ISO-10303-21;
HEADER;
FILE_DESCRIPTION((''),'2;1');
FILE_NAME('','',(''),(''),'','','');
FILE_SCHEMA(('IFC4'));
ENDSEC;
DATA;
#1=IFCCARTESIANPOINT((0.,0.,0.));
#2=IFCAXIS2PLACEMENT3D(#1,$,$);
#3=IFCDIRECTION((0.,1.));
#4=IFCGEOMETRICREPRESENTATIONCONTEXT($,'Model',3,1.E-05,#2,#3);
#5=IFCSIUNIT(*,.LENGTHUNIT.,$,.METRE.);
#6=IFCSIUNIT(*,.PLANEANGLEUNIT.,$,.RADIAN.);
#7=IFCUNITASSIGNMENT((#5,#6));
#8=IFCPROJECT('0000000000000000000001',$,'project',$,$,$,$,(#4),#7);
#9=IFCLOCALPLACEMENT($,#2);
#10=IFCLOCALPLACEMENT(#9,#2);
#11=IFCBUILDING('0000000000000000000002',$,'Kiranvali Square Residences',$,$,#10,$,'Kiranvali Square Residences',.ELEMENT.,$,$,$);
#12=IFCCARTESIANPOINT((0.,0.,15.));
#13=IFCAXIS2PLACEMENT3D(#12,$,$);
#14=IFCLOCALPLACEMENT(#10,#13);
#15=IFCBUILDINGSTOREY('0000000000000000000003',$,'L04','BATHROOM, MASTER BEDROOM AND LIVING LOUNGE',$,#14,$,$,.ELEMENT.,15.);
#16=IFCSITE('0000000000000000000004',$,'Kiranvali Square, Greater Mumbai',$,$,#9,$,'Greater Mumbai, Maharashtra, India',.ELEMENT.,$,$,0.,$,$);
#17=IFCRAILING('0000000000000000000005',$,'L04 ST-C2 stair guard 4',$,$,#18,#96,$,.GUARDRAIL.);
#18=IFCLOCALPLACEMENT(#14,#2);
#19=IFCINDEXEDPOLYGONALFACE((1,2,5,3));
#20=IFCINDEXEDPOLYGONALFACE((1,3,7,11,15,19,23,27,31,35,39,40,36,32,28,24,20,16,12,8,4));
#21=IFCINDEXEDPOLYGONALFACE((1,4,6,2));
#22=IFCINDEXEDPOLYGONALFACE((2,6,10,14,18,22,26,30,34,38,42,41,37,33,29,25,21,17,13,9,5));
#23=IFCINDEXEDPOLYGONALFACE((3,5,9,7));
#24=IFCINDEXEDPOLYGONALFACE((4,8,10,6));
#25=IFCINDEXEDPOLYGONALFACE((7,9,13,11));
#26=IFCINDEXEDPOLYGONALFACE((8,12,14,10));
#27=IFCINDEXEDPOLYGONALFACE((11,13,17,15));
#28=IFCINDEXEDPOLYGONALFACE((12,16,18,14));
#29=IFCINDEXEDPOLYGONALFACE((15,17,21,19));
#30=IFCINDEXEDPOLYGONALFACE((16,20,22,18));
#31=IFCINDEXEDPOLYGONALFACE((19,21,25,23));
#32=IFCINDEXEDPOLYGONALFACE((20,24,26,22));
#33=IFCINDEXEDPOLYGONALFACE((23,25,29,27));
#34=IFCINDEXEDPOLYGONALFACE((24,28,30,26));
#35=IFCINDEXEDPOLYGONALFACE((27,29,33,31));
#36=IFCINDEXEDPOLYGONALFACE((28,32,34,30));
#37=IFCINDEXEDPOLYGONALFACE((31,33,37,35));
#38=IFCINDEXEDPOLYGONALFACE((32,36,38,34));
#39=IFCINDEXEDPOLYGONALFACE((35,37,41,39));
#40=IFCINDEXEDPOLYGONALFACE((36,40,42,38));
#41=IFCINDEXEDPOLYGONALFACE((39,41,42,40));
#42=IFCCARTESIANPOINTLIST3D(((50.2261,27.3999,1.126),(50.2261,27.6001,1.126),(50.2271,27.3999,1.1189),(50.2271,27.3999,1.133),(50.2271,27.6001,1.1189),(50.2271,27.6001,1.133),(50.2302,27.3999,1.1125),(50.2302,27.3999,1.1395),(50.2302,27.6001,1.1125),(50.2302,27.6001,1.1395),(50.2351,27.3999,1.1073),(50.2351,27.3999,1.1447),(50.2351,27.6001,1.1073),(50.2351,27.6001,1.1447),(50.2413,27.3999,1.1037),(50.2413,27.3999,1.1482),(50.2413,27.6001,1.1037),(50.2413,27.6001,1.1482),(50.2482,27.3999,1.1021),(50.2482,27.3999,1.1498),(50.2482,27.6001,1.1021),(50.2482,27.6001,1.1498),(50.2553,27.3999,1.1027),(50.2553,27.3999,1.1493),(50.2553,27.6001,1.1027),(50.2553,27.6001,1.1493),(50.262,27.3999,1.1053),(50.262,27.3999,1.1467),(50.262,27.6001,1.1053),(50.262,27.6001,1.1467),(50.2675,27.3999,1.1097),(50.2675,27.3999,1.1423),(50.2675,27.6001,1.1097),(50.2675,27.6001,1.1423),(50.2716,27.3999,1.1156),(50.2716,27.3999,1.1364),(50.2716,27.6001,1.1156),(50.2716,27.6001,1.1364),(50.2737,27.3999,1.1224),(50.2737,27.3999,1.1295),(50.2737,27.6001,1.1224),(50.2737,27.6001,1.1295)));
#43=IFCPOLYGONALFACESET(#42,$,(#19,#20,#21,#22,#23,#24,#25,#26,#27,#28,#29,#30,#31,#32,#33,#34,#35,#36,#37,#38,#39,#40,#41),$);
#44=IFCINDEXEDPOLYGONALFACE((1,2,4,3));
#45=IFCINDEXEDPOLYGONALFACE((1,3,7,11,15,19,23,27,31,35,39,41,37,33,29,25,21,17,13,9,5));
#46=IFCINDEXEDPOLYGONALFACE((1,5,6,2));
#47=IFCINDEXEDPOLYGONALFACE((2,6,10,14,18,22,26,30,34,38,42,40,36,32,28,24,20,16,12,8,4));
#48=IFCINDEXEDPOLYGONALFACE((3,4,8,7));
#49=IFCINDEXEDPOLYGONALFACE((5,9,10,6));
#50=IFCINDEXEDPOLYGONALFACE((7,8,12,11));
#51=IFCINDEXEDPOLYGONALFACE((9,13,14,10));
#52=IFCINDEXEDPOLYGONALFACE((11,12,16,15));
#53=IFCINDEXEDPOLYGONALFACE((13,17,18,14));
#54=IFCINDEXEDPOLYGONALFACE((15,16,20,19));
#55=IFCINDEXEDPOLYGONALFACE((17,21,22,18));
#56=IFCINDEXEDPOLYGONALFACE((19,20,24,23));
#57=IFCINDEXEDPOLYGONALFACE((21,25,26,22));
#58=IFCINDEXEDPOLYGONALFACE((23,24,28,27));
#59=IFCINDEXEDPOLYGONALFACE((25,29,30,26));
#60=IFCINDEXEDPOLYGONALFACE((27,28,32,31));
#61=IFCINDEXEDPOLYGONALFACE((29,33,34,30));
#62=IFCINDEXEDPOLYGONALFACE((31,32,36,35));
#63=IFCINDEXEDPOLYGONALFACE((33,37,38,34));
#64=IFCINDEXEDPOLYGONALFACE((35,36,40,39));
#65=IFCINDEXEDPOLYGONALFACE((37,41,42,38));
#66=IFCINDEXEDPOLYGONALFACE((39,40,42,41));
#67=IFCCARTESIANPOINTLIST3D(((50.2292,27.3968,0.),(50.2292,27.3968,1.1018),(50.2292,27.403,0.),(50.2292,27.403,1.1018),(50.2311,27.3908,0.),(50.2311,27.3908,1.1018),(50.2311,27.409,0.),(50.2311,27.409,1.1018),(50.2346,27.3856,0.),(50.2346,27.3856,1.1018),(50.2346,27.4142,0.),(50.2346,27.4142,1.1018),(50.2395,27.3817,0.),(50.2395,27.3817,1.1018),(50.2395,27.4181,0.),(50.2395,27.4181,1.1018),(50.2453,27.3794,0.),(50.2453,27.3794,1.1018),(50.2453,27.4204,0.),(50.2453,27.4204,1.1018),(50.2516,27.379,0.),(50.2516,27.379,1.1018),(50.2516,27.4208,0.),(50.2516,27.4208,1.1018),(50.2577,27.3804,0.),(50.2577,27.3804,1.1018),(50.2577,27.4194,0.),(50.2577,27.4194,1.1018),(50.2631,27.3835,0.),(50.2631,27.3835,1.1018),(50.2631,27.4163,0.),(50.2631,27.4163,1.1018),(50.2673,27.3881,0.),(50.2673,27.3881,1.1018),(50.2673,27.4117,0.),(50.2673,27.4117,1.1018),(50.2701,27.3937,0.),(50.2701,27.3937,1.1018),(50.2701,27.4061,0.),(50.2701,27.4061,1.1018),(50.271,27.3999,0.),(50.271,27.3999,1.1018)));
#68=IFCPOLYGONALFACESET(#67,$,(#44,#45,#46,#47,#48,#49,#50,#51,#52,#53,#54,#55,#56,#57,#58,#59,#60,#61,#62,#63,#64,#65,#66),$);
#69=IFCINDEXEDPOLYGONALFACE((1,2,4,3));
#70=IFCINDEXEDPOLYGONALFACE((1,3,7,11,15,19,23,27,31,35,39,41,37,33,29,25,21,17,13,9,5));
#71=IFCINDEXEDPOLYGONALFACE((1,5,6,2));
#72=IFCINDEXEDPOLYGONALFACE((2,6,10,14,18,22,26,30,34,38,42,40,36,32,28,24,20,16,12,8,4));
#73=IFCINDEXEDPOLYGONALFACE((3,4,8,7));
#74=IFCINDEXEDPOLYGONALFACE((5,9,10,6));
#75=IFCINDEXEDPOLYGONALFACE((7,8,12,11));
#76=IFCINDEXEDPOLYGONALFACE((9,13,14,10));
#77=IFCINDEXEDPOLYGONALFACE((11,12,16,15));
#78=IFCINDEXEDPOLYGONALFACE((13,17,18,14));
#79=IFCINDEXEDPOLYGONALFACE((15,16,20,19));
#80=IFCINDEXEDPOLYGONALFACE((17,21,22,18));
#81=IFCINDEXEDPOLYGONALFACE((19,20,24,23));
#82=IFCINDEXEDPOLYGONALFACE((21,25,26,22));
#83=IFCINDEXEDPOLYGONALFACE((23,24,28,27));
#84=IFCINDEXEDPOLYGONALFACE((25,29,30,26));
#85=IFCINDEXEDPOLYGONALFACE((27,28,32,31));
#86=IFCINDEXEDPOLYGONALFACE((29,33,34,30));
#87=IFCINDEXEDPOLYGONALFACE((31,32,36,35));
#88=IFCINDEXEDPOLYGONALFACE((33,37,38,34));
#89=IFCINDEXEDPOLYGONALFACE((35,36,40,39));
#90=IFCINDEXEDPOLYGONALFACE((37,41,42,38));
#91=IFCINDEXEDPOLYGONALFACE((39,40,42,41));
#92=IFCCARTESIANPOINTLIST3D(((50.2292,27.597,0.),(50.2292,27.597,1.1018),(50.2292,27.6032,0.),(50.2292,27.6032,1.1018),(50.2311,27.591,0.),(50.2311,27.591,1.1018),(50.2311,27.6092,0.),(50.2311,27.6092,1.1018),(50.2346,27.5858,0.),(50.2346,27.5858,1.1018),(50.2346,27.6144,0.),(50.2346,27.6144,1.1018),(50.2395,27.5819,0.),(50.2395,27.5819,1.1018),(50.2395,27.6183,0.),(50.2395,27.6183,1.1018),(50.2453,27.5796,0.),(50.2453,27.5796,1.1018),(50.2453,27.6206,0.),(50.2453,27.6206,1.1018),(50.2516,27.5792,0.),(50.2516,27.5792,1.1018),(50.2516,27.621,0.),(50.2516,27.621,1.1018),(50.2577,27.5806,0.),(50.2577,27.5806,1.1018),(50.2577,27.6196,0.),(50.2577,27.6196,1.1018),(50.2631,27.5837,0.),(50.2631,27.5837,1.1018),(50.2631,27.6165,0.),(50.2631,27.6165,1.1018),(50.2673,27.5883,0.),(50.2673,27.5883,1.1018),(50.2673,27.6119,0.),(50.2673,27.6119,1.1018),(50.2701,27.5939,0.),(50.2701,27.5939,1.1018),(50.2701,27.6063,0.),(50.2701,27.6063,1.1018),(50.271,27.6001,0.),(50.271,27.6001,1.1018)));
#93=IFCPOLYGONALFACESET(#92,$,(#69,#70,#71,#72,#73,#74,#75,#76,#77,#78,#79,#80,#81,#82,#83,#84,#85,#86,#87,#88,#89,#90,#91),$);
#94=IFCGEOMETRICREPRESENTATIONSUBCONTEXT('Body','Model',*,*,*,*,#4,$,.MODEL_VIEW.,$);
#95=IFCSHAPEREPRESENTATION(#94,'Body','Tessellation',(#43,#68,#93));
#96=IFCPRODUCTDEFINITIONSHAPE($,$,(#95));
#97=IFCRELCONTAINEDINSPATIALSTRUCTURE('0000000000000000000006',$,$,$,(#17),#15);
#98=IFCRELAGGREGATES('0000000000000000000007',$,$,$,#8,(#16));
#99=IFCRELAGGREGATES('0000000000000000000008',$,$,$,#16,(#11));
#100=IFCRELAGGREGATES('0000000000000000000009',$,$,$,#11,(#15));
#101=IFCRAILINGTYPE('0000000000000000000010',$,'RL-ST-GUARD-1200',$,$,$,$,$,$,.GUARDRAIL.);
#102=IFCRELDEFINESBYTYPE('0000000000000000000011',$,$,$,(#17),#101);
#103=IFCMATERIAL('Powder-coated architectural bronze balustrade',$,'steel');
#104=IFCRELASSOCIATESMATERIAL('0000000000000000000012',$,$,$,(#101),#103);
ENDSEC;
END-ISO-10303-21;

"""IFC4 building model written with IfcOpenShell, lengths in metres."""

from ifc_helpers import new_model, si_unit, direction, frame, origin, origin_2d, place, context, subcontext, project, spatial, circle, extrude, material, type_object, element, save


model = new_model("IFC4")

# Units and contexts
model_context = context("Model", 3, precision=1e-05, world=origin(), true_north=direction((0.0, 1.0)))
body_context = subcontext(model_context, "Body", "Model", "MODEL_VIEW")
ifc_project = project(units=[si_unit("LENGTHUNIT", "METRE"), si_unit("PLANEANGLEUNIT", "RADIAN")], contexts=[model_context])

# Site, building, storey
site_placement = place(None, origin())
site = spatial("IfcSite", under=ifc_project, at=site_placement, Name="Kiranvali Square, Greater Mumbai", LongName="Greater Mumbai, Maharashtra, India", CompositionType="ELEMENT", RefElevation=0.0)
building_placement = place(site_placement, origin())
building = spatial("IfcBuilding", under=site, at=building_placement, Name="Kiranvali Square Residences", LongName="Kiranvali Square Residences", CompositionType="ELEMENT")
storey_placement = place(building_placement, frame((0.0, 0.0, 15.0)))
storey = spatial("IfcBuildingStorey", under=building, at=storey_placement, Name="L04", Description="BATHROOM, MASTER BEDROOM AND LIVING LOUNGE", CompositionType="ELEMENT", Elevation=15.0)

# Railing
ifc_material_1 = material(Name="Powder-coated architectural bronze balustrade", Category="steel")
railing_type_1 = type_object("IfcRailingType", Name="RL-ST-GUARD-1200", PredefinedType="GUARDRAIL", material=ifc_material_1)
railing_1_placement = place(storey_placement, frame((50.25, 27.3999, 0.0)))
element("IfcRailing", 1, at=railing_1_placement, inside=storey, type_object=railing_type_1, Name="L04 ST-C2 stair guard 4", PredefinedType="GUARDRAIL", context=body_context, shape_type="SweptSolid", body=[
    extrude(circle(Radius=0.0239, at=origin_2d()), frame((0.0, 0.0, 1.126), z_axis=(0.0, 1.0, 0.0), x_axis=(-1.0, 0.0, 0.0)), (0.0, 0.0, 1.0), 0.2002),
    extrude(circle(Radius=0.021, at=origin_2d()), origin(), (0.0, 0.0, 1.0), 1.1018),
    extrude(circle(Radius=0.021, at=origin_2d()), frame((0.0, 0.2002, 0.0)), (0.0, 0.0, 1.0), 1.1018),
])

save(model, "model.ifc")
